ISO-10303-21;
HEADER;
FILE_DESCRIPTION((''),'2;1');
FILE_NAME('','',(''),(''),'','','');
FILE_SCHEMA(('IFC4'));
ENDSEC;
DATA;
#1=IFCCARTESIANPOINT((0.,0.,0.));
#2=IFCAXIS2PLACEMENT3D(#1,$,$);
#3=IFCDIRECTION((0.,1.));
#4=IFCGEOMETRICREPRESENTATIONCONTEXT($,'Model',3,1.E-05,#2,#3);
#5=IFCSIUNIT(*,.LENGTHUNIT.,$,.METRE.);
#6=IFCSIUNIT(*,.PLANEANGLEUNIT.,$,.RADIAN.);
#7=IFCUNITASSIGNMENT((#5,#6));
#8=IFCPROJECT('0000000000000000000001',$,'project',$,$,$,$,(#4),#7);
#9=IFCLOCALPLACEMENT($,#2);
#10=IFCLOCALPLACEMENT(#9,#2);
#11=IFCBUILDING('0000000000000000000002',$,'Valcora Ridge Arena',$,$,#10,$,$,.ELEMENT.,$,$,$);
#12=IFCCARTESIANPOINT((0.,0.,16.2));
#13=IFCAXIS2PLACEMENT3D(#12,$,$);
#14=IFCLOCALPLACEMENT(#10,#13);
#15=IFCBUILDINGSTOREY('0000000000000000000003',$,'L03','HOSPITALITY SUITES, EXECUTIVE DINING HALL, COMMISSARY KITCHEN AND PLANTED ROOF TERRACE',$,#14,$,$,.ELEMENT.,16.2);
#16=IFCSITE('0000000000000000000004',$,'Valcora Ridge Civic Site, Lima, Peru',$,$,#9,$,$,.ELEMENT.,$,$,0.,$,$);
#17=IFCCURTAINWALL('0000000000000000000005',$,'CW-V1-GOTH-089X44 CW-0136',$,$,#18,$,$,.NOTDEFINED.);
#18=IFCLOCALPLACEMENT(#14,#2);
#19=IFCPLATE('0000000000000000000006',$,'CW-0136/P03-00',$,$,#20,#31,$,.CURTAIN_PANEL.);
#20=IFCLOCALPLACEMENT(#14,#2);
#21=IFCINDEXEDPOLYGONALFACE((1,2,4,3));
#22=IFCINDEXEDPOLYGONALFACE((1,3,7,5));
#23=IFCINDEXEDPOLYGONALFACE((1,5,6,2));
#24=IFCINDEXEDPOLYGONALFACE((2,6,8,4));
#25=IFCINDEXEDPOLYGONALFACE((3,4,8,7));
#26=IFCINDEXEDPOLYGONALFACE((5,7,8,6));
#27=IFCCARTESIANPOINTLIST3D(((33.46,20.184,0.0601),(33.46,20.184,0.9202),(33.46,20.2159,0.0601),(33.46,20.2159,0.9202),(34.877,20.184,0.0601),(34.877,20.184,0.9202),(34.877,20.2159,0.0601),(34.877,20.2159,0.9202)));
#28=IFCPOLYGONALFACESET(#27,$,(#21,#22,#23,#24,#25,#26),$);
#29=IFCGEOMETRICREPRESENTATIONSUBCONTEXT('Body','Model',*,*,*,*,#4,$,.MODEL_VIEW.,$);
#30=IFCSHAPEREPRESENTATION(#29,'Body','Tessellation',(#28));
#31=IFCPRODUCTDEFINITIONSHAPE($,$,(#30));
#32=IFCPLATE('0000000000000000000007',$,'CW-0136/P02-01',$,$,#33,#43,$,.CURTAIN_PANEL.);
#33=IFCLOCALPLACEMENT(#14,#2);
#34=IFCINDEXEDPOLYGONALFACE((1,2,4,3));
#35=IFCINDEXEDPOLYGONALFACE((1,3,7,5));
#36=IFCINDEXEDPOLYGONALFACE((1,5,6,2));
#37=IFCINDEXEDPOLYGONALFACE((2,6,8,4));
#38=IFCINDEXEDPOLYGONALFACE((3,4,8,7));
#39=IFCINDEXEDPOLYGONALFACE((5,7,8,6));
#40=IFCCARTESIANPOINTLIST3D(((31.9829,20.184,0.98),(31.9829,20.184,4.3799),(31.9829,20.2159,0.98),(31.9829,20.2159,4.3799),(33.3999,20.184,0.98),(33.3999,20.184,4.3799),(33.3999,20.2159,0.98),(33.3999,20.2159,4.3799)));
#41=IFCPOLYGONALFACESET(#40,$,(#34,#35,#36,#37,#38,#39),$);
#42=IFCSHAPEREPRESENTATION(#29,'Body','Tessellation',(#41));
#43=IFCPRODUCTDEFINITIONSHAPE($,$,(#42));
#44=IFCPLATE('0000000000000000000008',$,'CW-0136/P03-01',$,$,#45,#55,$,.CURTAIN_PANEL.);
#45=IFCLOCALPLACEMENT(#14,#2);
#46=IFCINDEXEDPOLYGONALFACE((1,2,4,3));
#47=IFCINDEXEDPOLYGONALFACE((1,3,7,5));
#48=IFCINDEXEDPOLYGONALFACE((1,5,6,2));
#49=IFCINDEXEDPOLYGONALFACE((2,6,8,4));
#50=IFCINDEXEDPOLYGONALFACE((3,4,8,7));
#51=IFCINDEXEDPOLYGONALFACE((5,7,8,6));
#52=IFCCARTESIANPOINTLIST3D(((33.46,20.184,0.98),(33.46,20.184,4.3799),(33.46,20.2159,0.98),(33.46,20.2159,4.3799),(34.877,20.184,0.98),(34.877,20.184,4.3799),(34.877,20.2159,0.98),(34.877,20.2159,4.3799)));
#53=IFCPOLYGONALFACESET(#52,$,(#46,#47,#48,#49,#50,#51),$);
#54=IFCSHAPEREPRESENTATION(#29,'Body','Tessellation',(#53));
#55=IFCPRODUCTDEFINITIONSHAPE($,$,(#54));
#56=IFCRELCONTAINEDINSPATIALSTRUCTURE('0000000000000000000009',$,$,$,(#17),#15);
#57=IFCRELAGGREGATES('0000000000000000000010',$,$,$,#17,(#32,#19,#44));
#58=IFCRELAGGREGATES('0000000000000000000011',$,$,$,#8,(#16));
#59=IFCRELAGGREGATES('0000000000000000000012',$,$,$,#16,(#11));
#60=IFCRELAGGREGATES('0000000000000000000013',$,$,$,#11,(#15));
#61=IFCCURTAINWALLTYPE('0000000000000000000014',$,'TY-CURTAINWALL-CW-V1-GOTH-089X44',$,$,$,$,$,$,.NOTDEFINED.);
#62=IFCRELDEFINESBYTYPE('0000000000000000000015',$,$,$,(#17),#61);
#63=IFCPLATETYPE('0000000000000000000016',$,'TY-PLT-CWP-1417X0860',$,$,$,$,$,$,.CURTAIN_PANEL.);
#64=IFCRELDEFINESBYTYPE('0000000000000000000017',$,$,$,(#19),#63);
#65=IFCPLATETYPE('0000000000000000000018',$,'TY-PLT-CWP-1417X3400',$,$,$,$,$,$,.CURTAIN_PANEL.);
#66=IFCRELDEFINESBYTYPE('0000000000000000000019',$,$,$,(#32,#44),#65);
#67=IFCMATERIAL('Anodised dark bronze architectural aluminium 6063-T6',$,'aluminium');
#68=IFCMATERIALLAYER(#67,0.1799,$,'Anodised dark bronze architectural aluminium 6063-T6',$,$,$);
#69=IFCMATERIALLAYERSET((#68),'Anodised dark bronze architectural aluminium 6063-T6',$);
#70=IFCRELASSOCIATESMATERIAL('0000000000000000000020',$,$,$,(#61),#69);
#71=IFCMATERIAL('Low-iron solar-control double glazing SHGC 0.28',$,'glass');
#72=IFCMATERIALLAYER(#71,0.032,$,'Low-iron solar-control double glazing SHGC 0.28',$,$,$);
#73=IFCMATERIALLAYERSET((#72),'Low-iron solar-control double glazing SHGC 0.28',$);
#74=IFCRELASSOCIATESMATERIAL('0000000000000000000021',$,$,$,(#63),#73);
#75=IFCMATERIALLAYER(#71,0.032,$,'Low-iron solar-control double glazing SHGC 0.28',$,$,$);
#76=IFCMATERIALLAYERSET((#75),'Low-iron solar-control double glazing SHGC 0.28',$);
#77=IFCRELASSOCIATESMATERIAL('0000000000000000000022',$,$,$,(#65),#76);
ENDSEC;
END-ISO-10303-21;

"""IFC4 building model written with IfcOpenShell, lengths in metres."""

from ifc_helpers import new_model, si_unit, direction, frame, origin, origin_2d, place, context, subcontext, project, spatial, rectangle, extrude, material, layer, layer_set, type_object, element, aggregate, save


model = new_model("IFC4")

# Units and contexts
model_context = context("Model", 3, precision=1e-05, world=origin(), true_north=direction((0.0, 1.0)))
body_context = subcontext(model_context, "Body", "Model", "MODEL_VIEW")
ifc_project = project(units=[si_unit("LENGTHUNIT", "METRE"), si_unit("PLANEANGLEUNIT", "RADIAN")], contexts=[model_context])

# Site, building, storey
site_placement = place(None, origin())
site = spatial("IfcSite", under=ifc_project, at=site_placement, Name="Valcora Ridge Civic Site, Lima, Peru", CompositionType="ELEMENT", RefElevation=0.0)
building_placement = place(site_placement, origin())
building = spatial("IfcBuilding", under=site, at=building_placement, Name="Valcora Ridge Arena", CompositionType="ELEMENT")
storey_placement = place(building_placement, frame((0.0, 0.0, 16.2)))
storey = spatial("IfcBuildingStorey", under=building, at=storey_placement, Name="L03", Description="HOSPITALITY SUITES, EXECUTIVE DINING HALL, COMMISSARY KITCHEN AND PLANTED ROOF TERRACE", CompositionType="ELEMENT", Elevation=16.2)

# Curtain wall, plates
ifc_material_1 = material(Name="Anodised dark bronze architectural aluminium 6063-T6", Category="aluminium")
ifc_layer_1 = layer(ifc_material_1, 0.1799, Name="Anodised dark bronze architectural aluminium 6063-T6")
ifc_layer_set_1 = layer_set([ifc_layer_1], Name="Anodised dark bronze architectural aluminium 6063-T6")
curtain_wall_type = type_object("IfcCurtainWallType", Name="TY-CURTAINWALL-CW-V1-GOTH-089X44", PredefinedType="NOTDEFINED", material=ifc_layer_set_1)
curtain_wall_placement = place(storey_placement, origin())
curtain_wall = element("IfcCurtainWall", 1, at=curtain_wall_placement, inside=storey, type_object=curtain_wall_type, Name="CW-V1-GOTH-089X44 CW-0136", PredefinedType="NOTDEFINED")
ifc_material_2 = material(Name="Low-iron solar-control double glazing SHGC 0.28", Category="glass")
ifc_layer_2 = layer(ifc_material_2, 0.032, Name="Low-iron solar-control double glazing SHGC 0.28")
ifc_layer_set_2 = layer_set([ifc_layer_2], Name="Low-iron solar-control double glazing SHGC 0.28")
plate_type_1 = type_object("IfcPlateType", Name="TY-PLT-CWP-1417X0860", PredefinedType="CURTAIN_PANEL", material=ifc_layer_set_2)
plate_1_placement = place(storey_placement, frame((34.1685, 20.2, 0.0601), z_axis=(0.0, 0.0, 1.0), x_axis=(1.0, 0.0, 0.0)))
plate_1 = element("IfcPlate", 2, at=plate_1_placement, type_object=plate_type_1, Name="CW-0136/P03-00", PredefinedType="CURTAIN_PANEL", context=body_context, shape_type="SweptSolid", body=[
    extrude(rectangle(XDim=1.417, YDim=0.032, at=origin_2d()), origin(), (0.0, 0.0, 1.0), 0.8601),
])
ifc_layer_3 = layer(ifc_material_2, 0.032, Name="Low-iron solar-control double glazing SHGC 0.28")
ifc_layer_set_3 = layer_set([ifc_layer_3], Name="Low-iron solar-control double glazing SHGC 0.28")
plate_type_2 = type_object("IfcPlateType", Name="TY-PLT-CWP-1417X3400", PredefinedType="CURTAIN_PANEL", material=ifc_layer_set_3)
plate_2_placement = place(storey_placement, frame((32.6914, 20.2, 0.98), z_axis=(0.0, 0.0, 1.0), x_axis=(1.0, 0.0, 0.0)))
plate_2 = element("IfcPlate", 3, at=plate_2_placement, type_object=plate_type_2, Name="CW-0136/P02-01", PredefinedType="CURTAIN_PANEL", context=body_context, shape_type="SweptSolid", body=[
    extrude(rectangle(XDim=1.417, YDim=0.032, at=origin_2d()), origin(), (0.0, 0.0, 1.0), 3.3999),
])
plate_3_placement = place(storey_placement, frame((34.1685, 20.2, 0.98), z_axis=(0.0, 0.0, 1.0), x_axis=(1.0, 0.0, 0.0)))
plate_3 = element("IfcPlate", 4, at=plate_3_placement, type_object=plate_type_2, Name="CW-0136/P03-01", PredefinedType="CURTAIN_PANEL", context=body_context, shape_type="SweptSolid", body=[
    extrude(rectangle(XDim=1.417, YDim=0.032, at=origin_2d()), origin(), (0.0, 0.0, 1.0), 3.3999),
])
aggregate(curtain_wall, [plate_2, plate_1, plate_3])

save(model, "model.ifc")
